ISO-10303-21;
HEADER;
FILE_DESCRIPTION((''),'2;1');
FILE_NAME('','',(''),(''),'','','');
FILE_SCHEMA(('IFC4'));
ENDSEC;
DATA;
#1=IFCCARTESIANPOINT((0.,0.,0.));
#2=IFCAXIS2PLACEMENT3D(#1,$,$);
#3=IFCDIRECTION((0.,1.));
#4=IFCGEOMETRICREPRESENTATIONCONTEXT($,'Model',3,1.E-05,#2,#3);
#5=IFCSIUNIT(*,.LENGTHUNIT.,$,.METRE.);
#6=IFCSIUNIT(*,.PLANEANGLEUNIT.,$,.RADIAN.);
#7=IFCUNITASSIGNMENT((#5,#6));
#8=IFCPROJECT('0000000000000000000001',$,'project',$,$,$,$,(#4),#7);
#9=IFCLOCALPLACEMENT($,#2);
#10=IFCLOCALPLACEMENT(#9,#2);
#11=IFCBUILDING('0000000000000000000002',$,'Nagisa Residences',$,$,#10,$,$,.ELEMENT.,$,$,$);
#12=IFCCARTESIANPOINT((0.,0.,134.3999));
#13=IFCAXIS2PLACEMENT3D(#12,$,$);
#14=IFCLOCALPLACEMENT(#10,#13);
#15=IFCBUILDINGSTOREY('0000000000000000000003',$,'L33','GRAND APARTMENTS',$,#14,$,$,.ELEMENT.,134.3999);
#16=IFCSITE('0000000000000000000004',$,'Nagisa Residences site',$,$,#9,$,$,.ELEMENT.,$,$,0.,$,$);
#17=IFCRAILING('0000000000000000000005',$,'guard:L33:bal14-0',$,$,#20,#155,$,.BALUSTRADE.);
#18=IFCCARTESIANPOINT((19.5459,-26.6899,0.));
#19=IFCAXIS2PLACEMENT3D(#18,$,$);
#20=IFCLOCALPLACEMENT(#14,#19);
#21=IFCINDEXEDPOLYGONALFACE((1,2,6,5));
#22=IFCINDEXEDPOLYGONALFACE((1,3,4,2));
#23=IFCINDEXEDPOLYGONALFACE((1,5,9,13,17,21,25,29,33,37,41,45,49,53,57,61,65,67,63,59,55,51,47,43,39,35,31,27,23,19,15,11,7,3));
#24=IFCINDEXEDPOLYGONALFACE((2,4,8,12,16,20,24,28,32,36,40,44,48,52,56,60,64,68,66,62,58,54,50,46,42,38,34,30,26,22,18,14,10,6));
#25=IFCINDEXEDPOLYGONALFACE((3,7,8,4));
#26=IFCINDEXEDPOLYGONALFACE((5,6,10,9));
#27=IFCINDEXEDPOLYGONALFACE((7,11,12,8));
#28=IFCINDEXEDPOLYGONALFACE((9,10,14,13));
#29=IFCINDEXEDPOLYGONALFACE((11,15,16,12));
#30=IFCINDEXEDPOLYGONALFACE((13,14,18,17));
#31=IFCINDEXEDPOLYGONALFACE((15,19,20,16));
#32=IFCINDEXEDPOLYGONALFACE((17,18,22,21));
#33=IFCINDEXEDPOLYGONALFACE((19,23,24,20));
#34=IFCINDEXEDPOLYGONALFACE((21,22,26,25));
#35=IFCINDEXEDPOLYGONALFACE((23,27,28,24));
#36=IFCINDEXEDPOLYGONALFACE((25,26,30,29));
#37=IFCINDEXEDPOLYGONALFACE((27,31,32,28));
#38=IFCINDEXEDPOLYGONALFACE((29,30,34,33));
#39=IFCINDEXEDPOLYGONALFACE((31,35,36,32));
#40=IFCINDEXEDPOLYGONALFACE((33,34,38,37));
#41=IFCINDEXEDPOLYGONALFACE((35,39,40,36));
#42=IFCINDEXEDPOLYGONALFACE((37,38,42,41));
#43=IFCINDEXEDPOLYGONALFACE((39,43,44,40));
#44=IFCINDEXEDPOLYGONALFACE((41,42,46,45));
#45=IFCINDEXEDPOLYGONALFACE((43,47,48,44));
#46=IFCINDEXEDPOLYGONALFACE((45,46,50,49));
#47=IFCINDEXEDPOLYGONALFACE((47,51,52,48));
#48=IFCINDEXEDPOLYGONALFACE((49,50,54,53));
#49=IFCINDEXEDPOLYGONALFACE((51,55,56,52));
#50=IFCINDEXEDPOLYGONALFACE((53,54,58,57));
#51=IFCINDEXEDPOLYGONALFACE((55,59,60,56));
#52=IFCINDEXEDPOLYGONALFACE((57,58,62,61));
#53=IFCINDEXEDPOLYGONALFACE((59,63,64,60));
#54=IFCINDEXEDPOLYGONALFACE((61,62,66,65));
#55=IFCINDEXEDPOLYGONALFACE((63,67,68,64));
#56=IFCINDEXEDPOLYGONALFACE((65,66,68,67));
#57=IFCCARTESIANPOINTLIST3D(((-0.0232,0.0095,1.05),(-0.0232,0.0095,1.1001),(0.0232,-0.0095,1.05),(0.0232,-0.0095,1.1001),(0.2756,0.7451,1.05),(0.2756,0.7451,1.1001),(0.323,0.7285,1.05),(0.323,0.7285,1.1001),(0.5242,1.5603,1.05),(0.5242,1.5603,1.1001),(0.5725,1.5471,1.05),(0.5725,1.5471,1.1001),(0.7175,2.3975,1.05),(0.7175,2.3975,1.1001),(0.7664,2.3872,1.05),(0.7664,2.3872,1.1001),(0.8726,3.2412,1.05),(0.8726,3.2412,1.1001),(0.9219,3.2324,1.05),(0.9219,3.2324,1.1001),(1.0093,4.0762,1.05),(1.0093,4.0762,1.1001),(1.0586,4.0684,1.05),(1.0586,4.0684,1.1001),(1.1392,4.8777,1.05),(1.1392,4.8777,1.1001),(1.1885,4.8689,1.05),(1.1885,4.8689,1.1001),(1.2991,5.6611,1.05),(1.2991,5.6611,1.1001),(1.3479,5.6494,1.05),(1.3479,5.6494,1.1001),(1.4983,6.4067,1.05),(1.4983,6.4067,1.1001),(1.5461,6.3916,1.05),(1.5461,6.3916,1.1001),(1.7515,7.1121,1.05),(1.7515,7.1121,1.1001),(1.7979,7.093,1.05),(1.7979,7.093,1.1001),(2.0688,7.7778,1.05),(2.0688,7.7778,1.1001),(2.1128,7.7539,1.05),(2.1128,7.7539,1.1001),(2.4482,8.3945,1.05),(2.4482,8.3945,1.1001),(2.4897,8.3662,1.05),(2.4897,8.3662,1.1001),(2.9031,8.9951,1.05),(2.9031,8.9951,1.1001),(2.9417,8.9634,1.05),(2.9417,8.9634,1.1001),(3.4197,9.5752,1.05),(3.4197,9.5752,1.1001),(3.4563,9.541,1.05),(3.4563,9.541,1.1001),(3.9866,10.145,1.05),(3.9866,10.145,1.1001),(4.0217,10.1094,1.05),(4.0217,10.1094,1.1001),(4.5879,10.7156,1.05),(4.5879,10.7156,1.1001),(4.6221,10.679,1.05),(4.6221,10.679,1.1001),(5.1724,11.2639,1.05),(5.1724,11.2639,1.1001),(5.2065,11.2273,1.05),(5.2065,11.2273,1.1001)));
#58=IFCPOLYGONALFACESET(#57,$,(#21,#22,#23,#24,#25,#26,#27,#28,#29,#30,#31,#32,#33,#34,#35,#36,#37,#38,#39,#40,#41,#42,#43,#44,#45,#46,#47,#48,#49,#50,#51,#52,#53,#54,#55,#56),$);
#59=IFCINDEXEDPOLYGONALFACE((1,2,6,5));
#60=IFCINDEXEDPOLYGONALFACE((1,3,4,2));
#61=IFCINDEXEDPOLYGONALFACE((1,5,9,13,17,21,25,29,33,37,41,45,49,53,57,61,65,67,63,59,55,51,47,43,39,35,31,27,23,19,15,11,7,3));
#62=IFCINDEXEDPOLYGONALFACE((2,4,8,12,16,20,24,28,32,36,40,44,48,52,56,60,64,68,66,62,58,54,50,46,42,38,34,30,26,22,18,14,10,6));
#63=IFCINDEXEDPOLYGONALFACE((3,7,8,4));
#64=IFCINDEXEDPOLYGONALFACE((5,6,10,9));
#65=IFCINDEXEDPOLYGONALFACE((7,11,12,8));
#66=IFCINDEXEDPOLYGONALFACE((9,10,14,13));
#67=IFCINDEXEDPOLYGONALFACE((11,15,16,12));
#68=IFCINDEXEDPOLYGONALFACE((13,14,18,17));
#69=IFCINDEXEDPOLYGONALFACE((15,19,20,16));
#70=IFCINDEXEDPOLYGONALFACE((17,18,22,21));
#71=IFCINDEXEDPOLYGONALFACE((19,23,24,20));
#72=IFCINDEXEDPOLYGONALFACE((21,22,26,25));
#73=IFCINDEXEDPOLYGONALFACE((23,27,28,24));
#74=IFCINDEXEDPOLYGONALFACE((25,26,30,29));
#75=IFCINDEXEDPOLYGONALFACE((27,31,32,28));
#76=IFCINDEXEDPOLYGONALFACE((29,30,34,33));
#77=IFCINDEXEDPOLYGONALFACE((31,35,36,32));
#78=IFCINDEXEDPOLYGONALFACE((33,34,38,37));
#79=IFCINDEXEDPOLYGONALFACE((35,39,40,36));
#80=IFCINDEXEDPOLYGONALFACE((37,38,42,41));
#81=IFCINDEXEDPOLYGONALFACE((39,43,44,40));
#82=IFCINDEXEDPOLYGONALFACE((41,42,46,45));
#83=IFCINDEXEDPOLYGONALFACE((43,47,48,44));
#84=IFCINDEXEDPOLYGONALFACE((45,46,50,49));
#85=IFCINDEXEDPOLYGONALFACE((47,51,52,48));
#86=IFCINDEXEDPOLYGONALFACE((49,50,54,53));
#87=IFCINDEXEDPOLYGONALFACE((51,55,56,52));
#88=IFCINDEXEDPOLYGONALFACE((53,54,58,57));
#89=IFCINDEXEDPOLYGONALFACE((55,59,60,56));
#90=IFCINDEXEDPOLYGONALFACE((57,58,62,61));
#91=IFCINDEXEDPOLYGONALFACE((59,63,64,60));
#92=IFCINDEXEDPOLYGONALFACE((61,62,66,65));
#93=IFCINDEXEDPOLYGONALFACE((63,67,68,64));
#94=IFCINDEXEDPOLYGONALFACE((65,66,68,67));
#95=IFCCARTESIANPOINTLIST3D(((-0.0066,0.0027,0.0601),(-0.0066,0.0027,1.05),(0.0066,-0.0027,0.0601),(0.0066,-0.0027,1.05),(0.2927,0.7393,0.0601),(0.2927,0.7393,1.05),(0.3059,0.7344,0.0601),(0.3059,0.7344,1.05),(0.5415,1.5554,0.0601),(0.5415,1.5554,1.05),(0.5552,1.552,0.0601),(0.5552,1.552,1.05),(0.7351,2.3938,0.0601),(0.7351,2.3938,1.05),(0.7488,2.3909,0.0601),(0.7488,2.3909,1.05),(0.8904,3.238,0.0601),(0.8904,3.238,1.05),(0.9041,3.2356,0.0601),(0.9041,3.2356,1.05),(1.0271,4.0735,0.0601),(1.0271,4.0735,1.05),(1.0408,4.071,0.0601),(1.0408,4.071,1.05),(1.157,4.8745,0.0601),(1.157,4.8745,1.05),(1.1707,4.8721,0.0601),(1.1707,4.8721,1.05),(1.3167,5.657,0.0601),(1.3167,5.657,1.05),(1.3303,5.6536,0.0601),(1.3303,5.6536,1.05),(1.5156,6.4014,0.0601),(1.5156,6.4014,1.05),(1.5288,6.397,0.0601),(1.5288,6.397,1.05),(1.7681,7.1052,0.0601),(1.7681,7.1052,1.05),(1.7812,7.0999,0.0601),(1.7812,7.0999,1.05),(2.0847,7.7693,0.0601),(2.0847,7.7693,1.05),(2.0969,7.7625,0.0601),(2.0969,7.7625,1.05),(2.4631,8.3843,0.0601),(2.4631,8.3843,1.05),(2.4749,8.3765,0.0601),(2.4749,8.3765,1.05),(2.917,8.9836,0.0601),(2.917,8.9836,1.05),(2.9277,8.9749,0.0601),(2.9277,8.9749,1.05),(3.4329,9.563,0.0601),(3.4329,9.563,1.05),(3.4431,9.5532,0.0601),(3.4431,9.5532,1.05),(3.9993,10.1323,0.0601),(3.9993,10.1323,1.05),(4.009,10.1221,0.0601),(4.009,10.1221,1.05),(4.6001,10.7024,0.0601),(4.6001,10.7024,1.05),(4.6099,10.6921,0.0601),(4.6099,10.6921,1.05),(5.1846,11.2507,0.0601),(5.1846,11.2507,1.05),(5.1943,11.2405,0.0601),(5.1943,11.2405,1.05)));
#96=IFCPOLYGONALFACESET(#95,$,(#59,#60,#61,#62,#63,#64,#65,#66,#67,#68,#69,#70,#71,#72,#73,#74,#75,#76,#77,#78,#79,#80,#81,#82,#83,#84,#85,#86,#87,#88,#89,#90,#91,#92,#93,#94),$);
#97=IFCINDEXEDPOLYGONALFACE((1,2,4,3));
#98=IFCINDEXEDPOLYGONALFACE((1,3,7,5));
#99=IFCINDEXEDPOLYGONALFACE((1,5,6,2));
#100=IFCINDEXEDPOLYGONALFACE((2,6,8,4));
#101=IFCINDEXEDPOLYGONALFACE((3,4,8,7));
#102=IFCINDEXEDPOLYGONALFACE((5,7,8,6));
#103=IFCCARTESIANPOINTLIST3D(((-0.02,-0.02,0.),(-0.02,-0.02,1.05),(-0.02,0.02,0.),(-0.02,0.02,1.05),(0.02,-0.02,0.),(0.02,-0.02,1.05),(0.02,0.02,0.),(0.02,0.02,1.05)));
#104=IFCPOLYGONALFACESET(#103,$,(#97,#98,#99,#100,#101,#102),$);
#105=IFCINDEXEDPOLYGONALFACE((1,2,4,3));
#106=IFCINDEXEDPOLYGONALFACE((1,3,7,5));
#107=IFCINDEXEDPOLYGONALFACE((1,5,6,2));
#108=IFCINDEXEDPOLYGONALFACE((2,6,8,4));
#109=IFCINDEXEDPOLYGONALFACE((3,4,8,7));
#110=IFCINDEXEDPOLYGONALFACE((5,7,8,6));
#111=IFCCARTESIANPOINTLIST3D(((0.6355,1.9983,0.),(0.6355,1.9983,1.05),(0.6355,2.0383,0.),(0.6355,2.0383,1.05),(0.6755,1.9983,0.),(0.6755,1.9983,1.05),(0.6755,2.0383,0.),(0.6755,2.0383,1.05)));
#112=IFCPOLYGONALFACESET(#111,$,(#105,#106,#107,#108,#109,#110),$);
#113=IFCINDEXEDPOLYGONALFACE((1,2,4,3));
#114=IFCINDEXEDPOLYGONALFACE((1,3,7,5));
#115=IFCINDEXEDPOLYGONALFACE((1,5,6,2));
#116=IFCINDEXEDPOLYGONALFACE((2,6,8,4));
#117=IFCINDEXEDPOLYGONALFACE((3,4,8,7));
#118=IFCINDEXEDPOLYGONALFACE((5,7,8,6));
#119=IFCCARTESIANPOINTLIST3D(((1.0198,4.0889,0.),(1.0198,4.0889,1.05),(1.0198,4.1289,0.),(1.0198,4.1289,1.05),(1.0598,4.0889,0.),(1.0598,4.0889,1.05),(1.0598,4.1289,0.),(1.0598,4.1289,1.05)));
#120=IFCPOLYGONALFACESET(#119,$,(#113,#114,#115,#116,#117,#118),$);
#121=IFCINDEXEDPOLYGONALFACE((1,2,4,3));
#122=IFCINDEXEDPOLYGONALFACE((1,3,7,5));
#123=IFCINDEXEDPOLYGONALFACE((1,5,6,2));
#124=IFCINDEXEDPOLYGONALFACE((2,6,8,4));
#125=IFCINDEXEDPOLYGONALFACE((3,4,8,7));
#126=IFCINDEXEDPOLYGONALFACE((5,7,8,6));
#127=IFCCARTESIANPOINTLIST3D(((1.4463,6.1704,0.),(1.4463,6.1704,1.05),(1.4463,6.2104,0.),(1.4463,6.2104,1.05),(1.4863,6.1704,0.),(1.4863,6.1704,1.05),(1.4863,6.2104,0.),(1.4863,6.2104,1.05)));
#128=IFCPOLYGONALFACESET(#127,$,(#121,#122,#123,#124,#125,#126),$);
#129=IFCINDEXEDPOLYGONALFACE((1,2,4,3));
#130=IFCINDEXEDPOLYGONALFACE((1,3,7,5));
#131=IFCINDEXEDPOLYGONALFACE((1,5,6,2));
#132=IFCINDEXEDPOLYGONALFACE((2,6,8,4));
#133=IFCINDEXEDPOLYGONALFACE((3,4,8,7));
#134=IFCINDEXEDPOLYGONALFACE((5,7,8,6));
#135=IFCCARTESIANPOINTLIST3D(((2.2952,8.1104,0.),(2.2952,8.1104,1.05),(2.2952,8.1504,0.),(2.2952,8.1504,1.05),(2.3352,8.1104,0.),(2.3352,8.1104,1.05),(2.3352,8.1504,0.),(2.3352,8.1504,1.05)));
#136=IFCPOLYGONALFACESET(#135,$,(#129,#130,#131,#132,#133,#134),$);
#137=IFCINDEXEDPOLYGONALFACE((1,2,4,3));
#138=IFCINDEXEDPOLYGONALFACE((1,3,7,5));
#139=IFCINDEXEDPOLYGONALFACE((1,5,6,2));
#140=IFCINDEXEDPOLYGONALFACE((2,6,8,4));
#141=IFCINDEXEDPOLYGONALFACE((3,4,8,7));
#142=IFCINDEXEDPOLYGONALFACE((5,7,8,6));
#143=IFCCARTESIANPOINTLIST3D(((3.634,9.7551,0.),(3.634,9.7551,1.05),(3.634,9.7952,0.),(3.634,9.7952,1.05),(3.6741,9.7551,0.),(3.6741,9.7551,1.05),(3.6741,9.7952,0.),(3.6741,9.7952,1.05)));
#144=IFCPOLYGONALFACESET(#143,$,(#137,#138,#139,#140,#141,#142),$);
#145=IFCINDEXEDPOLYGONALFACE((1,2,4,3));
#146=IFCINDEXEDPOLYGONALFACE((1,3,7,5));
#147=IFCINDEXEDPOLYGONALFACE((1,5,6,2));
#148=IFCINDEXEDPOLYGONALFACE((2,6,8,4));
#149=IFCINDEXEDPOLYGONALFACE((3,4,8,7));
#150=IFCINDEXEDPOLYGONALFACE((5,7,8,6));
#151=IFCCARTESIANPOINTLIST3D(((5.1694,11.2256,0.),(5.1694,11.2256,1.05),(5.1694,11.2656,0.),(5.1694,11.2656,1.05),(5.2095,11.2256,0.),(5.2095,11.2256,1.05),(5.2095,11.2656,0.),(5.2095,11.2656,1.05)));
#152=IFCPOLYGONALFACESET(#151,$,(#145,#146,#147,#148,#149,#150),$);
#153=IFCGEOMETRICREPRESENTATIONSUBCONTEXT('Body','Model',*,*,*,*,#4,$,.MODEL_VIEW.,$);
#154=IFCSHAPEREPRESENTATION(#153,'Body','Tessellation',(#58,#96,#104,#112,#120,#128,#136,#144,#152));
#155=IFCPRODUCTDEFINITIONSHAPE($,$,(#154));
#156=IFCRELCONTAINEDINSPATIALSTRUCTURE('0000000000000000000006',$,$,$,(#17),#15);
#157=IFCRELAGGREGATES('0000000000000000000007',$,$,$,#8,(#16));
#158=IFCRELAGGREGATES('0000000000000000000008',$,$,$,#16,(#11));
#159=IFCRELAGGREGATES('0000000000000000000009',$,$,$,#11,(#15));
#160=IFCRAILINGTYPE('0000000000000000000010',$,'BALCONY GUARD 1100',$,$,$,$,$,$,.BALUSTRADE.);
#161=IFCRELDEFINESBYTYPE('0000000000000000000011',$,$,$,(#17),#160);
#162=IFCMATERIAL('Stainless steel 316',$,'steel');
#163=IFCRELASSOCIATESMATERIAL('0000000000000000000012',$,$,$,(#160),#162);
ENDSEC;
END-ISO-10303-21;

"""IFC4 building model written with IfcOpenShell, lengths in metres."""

from ifc_helpers import new_model, si_unit, direction, frame, origin, origin_2d, place, context, subcontext, project, spatial, polyline, rectangle, outline, extrude, material, type_object, element, save


model = new_model("IFC4")

# Units and contexts
model_context = context("Model", 3, precision=1e-05, world=origin(), true_north=direction((0.0, 1.0)))
body_context = subcontext(model_context, "Body", "Model", "MODEL_VIEW")
ifc_project = project(units=[si_unit("LENGTHUNIT", "METRE"), si_unit("PLANEANGLEUNIT", "RADIAN")], contexts=[model_context])

# Site, building, storey
site_placement = place(None, origin())
site = spatial("IfcSite", under=ifc_project, at=site_placement, Name="Nagisa Residences site", CompositionType="ELEMENT", RefElevation=0.0)
building_placement = place(site_placement, origin())
building = spatial("IfcBuilding", under=site, at=building_placement, Name="Nagisa Residences", CompositionType="ELEMENT")
storey_placement = place(building_placement, frame((0.0, 0.0, 134.3999)))
storey = spatial("IfcBuildingStorey", under=building, at=storey_placement, Name="L33", Description="GRAND APARTMENTS", CompositionType="ELEMENT", Elevation=134.3999)

# Railing
ifc_material_1 = material(Name="Stainless steel 316", Category="steel")
railing_type = type_object("IfcRailingType", Name="BALCONY GUARD 1100", PredefinedType="BALUSTRADE", material=ifc_material_1)
railing_1_placement = place(storey_placement, frame((19.5459, -26.6899, 0.0)))
element("IfcRailing", 1, at=railing_1_placement, inside=storey, type_object=railing_type, Name="guard:L33:bal14-0", PredefinedType="BALUSTRADE", context=body_context, shape_type="SweptSolid", body=[
    extrude(outline(polyline([(0.2756, 0.7451), (-0.0232, 0.0095), (0.0232, -0.0095), (0.323, 0.7285), (0.5725, 1.5471), (0.7664, 2.3872), (0.9219, 3.2324), (1.0586, 4.0684), (1.1885, 4.8689), (1.3479, 5.6494), (1.5461, 6.3916), (1.7979, 7.093), (2.1128, 7.7539), (2.4897, 8.3662), (2.9417, 8.9634), (3.4563, 9.541), (4.0217, 10.1094), (4.6221, 10.679), (5.2065, 11.2273), (5.1724, 11.2639), (4.5879, 10.7156), (3.9866, 10.145), (3.4197, 9.5752), (2.9031, 8.9951), (2.4482, 8.3945), (2.0688, 7.7778), (1.7515, 7.1121), (1.4983, 6.4067), (1.2991, 5.6611), (1.1392, 4.8777), (1.0093, 4.0762), (0.8726, 3.2412), (0.7175, 2.3975), (0.5242, 1.5603), (0.2756, 0.7451)])), frame((0.0, 0.0, 1.05)), (0.0, 0.0, 1.0), 0.05),
    extrude(outline(polyline([(0.2927, 0.7393), (-0.0066, 0.0027), (0.0066, -0.0027), (0.3059, 0.7344), (0.5552, 1.552), (0.7488, 2.3909), (0.9041, 3.2356), (1.0408, 4.071), (1.1707, 4.8721), (1.3303, 5.6536), (1.5288, 6.397), (1.7812, 7.0999), (2.0969, 7.7625), (2.4749, 8.3765), (2.9277, 8.9749), (3.4431, 9.5532), (4.009, 10.1221), (4.6099, 10.6921), (5.1943, 11.2405), (5.1846, 11.2507), (4.6001, 10.7024), (3.9993, 10.1323), (3.4329, 9.563), (2.917, 8.9836), (2.4631, 8.3843), (2.0847, 7.7693), (1.7681, 7.1052), (1.5156, 6.4014), (1.3167, 5.657), (1.157, 4.8745), (1.0271, 4.0735), (0.8904, 3.238), (0.7351, 2.3938), (0.5415, 1.5554), (0.2927, 0.7393)])), frame((0.0, 0.0, 0.0601)), (0.0, 0.0, 1.0), 0.99),
    extrude(rectangle(XDim=0.04, YDim=0.04, at=origin_2d()), origin(), (0.0, 0.0, 1.0), 1.05),
    extrude(rectangle(XDim=0.04, YDim=0.04, at=origin_2d()), frame((0.6555, 2.0183, 0.0)), (0.0, 0.0, 1.0), 1.05),
    extrude(rectangle(XDim=0.04, YDim=0.04, at=origin_2d()), frame((1.0398, 4.1089, 0.0)), (0.0, 0.0, 1.0), 1.05),
    extrude(rectangle(XDim=0.04, YDim=0.04, at=origin_2d()), frame((1.4663, 6.1904, 0.0)), (0.0, 0.0, 1.0), 1.05),
    extrude(rectangle(XDim=0.04, YDim=0.04, at=origin_2d()), frame((2.3152, 8.1304, 0.0)), (0.0, 0.0, 1.0), 1.05),
    extrude(rectangle(XDim=0.04, YDim=0.04, at=origin_2d()), frame((3.6541, 9.7751, 0.0)), (0.0, 0.0, 1.0), 1.05),
    extrude(rectangle(XDim=0.04, YDim=0.04, at=origin_2d()), frame((5.1895, 11.2456, 0.0)), (0.0, 0.0, 1.0), 1.05),
])

save(model, "model.ifc")
